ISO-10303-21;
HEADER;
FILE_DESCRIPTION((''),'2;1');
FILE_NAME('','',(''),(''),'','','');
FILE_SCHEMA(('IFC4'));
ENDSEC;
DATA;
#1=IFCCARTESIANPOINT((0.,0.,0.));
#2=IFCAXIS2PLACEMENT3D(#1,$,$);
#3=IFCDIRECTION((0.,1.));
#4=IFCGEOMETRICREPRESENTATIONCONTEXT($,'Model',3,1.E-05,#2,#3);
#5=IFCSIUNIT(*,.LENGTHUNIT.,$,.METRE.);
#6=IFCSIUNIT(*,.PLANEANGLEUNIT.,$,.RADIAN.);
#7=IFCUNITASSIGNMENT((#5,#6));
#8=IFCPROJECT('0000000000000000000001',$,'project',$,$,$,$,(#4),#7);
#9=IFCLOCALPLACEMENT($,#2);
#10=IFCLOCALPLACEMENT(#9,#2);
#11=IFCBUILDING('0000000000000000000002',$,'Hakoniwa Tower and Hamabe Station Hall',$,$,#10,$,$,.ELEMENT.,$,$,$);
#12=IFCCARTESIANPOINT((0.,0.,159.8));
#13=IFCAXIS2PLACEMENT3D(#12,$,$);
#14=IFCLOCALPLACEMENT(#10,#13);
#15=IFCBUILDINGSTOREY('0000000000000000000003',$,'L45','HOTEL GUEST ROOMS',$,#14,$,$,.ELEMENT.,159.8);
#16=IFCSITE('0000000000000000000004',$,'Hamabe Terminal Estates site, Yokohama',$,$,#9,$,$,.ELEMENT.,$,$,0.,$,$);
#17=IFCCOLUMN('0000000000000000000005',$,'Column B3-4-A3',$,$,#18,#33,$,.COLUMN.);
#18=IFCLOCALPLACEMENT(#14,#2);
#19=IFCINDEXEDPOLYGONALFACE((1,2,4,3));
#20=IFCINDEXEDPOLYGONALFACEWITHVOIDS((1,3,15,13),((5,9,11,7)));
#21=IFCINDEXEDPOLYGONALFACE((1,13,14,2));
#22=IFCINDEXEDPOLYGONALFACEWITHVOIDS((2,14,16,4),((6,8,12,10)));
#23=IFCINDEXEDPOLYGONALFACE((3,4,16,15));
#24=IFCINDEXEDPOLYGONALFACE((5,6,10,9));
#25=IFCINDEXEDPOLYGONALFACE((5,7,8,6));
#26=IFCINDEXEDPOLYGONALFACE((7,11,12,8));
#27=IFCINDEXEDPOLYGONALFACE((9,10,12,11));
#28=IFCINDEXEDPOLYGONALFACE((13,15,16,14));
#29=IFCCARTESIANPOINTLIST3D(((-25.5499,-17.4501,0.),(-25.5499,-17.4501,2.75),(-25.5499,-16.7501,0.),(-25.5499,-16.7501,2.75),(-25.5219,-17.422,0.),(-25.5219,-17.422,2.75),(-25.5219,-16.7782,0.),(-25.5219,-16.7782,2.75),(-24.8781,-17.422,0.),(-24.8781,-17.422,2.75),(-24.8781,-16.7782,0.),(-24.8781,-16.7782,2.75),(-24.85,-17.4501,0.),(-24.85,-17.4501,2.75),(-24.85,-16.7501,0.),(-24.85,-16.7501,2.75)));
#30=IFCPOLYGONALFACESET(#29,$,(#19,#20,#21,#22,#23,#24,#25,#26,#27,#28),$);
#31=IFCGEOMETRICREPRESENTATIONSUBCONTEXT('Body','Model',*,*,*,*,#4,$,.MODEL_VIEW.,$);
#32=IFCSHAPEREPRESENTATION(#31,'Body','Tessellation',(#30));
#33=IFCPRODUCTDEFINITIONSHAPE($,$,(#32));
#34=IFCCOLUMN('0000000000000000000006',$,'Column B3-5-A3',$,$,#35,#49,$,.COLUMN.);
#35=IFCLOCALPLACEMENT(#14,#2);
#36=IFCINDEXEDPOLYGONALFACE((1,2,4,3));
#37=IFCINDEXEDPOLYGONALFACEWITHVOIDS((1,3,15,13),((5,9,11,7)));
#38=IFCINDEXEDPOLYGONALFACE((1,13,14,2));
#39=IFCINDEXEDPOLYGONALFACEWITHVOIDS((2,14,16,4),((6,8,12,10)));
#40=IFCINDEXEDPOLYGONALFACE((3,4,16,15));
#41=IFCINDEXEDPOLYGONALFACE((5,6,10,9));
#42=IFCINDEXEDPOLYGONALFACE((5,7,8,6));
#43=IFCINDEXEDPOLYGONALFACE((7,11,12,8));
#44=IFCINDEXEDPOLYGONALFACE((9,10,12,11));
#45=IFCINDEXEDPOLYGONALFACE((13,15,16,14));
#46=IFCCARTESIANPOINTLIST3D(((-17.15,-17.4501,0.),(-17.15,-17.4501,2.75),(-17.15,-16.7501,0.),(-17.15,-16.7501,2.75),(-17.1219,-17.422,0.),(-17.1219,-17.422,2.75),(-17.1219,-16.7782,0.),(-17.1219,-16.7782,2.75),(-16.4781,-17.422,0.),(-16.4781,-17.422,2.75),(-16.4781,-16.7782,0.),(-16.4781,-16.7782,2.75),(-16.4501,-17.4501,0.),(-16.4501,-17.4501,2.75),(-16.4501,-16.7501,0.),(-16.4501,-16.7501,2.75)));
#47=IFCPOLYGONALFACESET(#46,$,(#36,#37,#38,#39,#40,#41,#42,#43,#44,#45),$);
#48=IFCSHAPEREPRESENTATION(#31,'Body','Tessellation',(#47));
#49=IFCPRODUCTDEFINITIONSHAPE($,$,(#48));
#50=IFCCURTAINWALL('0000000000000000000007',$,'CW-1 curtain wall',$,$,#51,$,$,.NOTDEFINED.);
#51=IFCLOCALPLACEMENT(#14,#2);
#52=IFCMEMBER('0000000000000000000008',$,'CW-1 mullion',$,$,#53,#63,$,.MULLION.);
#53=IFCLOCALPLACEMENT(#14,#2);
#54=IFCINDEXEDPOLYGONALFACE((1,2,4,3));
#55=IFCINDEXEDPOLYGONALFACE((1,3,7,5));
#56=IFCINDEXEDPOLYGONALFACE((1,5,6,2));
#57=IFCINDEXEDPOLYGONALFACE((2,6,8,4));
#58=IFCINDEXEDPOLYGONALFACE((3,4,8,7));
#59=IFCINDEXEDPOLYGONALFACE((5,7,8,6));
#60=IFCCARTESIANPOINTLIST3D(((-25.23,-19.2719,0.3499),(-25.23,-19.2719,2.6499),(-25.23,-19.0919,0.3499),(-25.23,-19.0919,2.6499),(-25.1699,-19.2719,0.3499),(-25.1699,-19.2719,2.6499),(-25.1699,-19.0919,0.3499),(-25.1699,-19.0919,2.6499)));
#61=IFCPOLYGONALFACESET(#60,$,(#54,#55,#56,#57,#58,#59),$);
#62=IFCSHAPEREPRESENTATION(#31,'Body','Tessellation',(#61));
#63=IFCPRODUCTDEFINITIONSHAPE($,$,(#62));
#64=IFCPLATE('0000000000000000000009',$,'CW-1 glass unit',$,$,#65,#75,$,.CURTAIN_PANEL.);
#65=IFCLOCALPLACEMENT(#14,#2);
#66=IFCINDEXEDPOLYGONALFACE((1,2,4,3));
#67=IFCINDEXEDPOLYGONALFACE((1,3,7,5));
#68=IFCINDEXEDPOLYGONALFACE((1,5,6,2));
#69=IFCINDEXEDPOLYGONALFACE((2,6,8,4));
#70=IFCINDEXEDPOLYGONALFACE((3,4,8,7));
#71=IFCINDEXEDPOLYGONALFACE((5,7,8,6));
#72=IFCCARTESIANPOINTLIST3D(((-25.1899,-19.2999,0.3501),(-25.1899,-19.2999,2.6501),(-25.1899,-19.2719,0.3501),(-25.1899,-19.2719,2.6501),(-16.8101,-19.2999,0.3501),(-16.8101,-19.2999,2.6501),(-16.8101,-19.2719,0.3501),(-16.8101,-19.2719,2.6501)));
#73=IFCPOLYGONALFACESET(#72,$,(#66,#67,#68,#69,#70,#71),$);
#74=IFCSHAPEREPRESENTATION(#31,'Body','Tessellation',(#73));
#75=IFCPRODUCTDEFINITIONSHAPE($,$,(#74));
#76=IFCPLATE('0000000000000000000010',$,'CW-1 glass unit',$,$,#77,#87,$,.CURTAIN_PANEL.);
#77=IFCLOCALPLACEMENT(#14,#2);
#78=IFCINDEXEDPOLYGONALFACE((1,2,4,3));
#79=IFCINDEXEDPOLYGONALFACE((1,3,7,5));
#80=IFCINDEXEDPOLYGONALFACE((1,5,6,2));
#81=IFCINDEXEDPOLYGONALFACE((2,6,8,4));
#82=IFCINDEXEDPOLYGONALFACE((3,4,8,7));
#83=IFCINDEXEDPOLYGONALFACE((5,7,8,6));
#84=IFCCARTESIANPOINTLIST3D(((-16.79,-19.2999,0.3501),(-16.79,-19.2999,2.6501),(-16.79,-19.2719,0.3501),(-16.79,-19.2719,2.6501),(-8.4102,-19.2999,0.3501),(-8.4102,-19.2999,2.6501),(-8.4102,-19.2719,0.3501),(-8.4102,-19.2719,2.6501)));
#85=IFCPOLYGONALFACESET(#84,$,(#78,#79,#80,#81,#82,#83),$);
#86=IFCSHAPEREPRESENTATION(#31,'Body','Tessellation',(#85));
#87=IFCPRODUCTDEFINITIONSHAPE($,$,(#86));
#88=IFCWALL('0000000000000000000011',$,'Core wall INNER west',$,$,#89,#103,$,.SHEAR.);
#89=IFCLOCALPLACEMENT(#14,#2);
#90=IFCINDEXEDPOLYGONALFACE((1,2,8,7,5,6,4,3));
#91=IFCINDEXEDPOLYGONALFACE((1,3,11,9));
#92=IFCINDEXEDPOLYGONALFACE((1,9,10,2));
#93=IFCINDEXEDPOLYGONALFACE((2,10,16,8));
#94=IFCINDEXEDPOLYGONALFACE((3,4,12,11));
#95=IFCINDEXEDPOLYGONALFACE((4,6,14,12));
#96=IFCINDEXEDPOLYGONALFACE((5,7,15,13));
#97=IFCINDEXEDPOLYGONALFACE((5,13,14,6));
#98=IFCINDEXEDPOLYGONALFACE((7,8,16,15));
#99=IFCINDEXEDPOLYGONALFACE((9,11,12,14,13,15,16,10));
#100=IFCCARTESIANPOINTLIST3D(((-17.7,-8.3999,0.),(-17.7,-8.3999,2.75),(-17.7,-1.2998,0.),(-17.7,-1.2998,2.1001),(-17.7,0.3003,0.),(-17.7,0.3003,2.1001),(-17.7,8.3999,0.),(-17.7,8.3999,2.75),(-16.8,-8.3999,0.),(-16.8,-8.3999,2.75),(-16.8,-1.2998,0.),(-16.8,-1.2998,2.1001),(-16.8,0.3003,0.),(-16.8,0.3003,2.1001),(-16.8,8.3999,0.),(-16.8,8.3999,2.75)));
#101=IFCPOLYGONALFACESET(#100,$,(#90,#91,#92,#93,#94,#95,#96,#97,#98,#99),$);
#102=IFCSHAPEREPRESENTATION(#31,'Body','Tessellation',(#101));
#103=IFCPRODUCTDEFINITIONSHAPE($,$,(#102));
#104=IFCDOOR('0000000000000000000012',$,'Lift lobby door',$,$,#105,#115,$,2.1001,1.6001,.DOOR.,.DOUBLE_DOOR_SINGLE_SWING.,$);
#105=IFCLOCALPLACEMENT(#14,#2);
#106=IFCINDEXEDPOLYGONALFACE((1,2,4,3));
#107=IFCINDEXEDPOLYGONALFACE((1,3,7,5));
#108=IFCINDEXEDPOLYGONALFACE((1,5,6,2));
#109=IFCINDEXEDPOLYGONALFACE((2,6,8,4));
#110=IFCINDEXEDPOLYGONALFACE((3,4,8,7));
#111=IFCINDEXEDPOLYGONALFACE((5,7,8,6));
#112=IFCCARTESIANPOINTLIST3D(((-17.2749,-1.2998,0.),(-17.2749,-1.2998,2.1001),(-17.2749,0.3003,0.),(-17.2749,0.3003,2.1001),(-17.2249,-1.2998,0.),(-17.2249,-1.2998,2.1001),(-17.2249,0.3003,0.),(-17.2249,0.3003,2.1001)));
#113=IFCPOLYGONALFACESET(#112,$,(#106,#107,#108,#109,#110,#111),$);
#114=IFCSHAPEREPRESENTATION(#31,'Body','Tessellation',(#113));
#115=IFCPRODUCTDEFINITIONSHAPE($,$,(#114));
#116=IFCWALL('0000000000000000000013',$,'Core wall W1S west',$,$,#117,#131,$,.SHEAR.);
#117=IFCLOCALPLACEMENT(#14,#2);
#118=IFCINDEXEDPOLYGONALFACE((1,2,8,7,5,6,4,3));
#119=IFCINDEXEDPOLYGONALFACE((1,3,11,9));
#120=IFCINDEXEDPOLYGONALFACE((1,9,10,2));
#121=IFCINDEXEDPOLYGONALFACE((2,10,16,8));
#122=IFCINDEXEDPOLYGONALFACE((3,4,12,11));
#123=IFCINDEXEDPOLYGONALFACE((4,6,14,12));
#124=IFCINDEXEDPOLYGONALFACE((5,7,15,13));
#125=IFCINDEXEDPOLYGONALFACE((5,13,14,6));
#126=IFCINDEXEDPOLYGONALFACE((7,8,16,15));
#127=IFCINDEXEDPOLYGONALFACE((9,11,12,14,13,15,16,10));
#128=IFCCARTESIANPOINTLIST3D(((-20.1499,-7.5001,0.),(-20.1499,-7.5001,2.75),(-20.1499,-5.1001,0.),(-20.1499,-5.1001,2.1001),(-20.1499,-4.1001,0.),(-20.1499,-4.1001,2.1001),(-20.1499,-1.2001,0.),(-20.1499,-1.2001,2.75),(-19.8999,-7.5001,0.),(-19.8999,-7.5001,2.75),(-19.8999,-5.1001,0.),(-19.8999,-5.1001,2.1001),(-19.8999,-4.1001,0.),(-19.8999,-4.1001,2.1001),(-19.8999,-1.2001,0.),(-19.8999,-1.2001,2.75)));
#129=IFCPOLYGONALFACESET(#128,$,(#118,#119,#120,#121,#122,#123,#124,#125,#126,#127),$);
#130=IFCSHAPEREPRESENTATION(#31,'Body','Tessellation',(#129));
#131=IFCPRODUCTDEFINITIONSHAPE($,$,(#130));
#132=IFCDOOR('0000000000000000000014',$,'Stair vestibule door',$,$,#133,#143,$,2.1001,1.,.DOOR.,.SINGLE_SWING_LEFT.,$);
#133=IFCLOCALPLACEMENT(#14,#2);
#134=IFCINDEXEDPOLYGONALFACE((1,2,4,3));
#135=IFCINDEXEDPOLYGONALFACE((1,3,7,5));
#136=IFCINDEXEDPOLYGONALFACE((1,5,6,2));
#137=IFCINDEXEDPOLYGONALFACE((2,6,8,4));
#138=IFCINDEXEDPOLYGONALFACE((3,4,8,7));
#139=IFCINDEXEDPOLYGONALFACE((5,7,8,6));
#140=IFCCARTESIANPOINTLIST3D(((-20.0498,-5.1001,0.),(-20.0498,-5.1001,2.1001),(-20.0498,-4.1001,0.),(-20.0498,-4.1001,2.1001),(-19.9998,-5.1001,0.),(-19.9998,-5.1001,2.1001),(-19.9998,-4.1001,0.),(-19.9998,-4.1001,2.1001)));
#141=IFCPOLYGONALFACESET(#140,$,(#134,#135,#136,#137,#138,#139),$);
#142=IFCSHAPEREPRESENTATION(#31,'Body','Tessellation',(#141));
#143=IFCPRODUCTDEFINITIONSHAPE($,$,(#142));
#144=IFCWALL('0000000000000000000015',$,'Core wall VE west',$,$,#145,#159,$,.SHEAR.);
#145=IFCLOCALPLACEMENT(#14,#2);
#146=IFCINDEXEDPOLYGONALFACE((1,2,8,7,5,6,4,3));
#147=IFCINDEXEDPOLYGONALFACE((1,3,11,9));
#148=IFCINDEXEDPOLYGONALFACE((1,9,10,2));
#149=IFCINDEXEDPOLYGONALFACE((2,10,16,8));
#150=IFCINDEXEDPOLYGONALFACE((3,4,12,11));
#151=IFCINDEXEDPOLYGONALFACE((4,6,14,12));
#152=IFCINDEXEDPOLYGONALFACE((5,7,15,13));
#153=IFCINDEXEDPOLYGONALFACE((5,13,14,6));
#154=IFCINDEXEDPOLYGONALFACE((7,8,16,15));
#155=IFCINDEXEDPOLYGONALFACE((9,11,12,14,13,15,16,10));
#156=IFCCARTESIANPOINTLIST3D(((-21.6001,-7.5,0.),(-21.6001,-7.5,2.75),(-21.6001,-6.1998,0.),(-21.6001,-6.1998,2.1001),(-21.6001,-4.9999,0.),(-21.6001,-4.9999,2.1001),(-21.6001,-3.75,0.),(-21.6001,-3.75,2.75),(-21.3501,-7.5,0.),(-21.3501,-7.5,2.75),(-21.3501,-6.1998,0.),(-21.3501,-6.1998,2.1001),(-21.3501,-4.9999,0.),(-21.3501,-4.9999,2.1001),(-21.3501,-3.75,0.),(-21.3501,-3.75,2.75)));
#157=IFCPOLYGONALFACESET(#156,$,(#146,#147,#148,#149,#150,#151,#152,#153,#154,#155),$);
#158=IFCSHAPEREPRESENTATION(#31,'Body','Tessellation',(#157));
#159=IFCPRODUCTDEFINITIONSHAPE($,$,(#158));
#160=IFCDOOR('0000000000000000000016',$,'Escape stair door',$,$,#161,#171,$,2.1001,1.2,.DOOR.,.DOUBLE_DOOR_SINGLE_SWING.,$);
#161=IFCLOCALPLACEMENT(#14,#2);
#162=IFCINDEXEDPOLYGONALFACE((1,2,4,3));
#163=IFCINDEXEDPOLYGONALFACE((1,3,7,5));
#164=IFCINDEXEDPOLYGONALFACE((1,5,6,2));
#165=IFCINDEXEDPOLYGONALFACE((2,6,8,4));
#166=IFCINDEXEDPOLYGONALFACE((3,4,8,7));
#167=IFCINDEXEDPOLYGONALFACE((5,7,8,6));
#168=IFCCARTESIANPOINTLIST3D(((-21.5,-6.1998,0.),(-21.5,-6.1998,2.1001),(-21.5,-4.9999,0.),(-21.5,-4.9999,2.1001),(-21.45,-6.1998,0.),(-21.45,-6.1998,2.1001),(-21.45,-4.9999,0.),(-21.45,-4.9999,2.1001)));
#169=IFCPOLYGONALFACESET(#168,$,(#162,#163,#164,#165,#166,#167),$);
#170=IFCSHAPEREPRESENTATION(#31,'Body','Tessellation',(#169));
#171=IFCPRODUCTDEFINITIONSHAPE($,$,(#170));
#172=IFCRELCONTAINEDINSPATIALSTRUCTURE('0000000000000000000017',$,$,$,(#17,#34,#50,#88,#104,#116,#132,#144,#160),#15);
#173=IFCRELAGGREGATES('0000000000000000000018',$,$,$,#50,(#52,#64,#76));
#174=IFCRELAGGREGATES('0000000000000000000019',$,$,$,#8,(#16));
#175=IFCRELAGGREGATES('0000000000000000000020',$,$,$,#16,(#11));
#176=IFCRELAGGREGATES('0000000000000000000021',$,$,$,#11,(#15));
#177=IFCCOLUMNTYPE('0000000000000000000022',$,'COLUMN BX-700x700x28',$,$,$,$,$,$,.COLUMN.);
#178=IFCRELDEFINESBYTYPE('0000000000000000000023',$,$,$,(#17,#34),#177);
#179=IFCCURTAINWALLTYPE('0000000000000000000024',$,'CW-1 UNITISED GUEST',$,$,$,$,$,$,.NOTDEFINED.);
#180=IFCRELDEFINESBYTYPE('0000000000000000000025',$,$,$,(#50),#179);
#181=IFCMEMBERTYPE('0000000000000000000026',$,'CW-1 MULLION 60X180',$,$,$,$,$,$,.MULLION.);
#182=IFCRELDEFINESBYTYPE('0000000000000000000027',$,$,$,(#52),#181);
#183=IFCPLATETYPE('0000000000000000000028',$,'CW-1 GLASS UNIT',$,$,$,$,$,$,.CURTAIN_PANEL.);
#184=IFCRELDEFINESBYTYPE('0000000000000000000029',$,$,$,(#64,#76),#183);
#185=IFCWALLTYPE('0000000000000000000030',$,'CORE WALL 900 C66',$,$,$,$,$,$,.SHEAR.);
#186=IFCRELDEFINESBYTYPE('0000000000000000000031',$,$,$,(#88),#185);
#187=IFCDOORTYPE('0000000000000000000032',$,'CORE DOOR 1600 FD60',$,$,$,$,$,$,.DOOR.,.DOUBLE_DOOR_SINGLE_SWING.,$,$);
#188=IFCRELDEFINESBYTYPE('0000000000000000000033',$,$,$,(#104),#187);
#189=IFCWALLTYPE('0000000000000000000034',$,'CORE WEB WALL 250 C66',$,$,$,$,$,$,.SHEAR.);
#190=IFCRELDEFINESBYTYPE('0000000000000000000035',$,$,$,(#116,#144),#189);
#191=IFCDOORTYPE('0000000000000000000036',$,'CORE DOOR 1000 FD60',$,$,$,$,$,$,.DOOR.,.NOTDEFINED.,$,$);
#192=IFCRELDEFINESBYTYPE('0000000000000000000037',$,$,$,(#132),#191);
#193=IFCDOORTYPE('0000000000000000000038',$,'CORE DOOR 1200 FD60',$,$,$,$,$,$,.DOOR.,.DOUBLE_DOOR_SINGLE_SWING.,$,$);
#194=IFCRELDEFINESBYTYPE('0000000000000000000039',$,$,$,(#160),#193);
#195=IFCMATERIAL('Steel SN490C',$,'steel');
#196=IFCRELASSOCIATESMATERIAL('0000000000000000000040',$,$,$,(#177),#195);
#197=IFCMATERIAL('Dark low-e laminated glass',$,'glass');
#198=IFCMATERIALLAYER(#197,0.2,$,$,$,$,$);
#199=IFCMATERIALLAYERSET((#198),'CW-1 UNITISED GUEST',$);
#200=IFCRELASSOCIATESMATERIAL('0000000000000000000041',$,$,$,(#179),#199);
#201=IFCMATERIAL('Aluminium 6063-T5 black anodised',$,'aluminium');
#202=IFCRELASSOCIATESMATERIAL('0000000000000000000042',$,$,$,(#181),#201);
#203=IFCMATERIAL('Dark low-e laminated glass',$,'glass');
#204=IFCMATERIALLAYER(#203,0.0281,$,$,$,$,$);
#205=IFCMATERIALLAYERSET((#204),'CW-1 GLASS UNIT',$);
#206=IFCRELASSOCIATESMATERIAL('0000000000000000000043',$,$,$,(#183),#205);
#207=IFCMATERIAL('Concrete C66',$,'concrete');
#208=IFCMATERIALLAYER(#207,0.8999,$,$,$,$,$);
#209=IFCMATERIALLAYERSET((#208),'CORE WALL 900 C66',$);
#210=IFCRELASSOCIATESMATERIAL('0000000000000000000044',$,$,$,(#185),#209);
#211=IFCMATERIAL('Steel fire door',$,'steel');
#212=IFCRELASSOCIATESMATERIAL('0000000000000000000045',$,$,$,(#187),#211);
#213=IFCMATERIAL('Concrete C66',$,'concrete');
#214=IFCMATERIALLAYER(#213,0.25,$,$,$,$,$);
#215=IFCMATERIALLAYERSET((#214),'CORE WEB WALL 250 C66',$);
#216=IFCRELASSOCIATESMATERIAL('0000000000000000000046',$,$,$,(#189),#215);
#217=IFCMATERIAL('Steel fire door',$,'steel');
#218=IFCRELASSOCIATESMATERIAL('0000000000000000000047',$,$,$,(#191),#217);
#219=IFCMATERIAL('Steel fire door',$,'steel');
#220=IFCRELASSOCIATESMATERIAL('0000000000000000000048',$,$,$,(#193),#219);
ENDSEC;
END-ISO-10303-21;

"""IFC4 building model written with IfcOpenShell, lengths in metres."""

from ifc_helpers import new_model, si_unit, direction, frame, frame_2d, origin, origin_2d, place, context, subcontext, project, spatial, rectangle, hollow_rectangle, extrude, material, layer, layer_set, material_profile, profile_set, type_object, element, fill, aggregate, save


model = new_model("IFC4")

# Units and contexts
model_context = context("Model", 3, precision=1e-05, world=origin(), true_north=direction((0.0, 1.0)))
body_context = subcontext(model_context, "Body", "Model", "MODEL_VIEW")
ifc_project = project(units=[si_unit("LENGTHUNIT", "METRE"), si_unit("PLANEANGLEUNIT", "RADIAN")], contexts=[model_context])

# Site, building, storey
site_placement = place(None, origin())
site = spatial("IfcSite", under=ifc_project, at=site_placement, Name="Hamabe Terminal Estates site, Yokohama", CompositionType="ELEMENT", RefElevation=0.0)
building_placement = place(site_placement, origin())
building = spatial("IfcBuilding", under=site, at=building_placement, Name="Hakoniwa Tower and Hamabe Station Hall", CompositionType="ELEMENT")
storey_placement = place(building_placement, frame((0.0, 0.0, 159.8)))
storey = spatial("IfcBuildingStorey", under=building, at=storey_placement, Name="L45", Description="HOTEL GUEST ROOMS", CompositionType="ELEMENT", Elevation=159.8)

# Columns
ifc_material_1 = material(Name="Steel SN490C", Category="steel")
ifc_material_profile_1 = material_profile(ifc_material_1, hollow_rectangle(XDim=0.7, YDim=0.7, WallThickness=0.0281, at=origin_2d()), Name="BX-700x700x28")
ifc_profile_set_1 = profile_set([ifc_material_profile_1], Name="Steel SN490C")
column_type = type_object("IfcColumnType", Name="COLUMN BX-700x700x28", PredefinedType="COLUMN", material=ifc_profile_set_1)
for number, where, z_axis, x_axis, name in (
    (1, (-25.2, -17.1001, 0.0), (0.0, 0.0, 1.0), (1.0, 0.0, 0.0), "Column B3-4-A3"),
    (2, (-16.8, -17.1001, 0.0), (0.0, 0.0, 1.0), (1.0, 0.0, 0.0), "Column B3-5-A3"),
):
    element("IfcColumn", number, at=place(storey_placement, frame(where, z_axis=z_axis, x_axis=x_axis)), inside=storey, type_object=column_type, Name=name, PredefinedType="COLUMN", context=body_context, shape_type="SweptSolid", body=[
        extrude(hollow_rectangle(XDim=0.7, YDim=0.7, WallThickness=0.0281, at=origin_2d()), origin(), (0.0, 0.0, 1.0), 2.75),
    ])

# Curtain wall, member, plates
ifc_material_2 = material(Name="Dark low-e laminated glass", Category="glass")
ifc_layer_1 = layer(ifc_material_2, 0.2)
ifc_layer_set_1 = layer_set([ifc_layer_1], Name="CW-1 UNITISED GUEST")
curtain_wall_type = type_object("IfcCurtainWallType", Name="CW-1 UNITISED GUEST", PredefinedType="NOTDEFINED", material=ifc_layer_set_1)
curtain_wall_placement = place(storey_placement, origin())
curtain_wall = element("IfcCurtainWall", 3, at=curtain_wall_placement, inside=storey, type_object=curtain_wall_type, Name="CW-1 curtain wall", PredefinedType="NOTDEFINED")
ifc_material_3 = material(Name="Aluminium 6063-T5 black anodised", Category="aluminium")
ifc_material_profile_2 = material_profile(ifc_material_3, rectangle(XDim=0.0601, YDim=0.1799, at=origin_2d()), Name="CW-1 MULLION 60X180")
ifc_profile_set_2 = profile_set([ifc_material_profile_2], Name="Aluminium 6063-T5 black anodised")
member_type = type_object("IfcMemberType", Name="CW-1 MULLION 60X180", PredefinedType="MULLION", material=ifc_profile_set_2)
member_placement = place(storey_placement, frame((-25.2, -19.1819, 0.3499), z_axis=(0.0, 0.0, 1.0), x_axis=(1.0, 0.0, 0.0)))
member = element("IfcMember", 4, at=member_placement, type_object=member_type, Name="CW-1 mullion", PredefinedType="MULLION", context=body_context, shape_type="SweptSolid", body=[
    extrude(rectangle(XDim=0.0601, YDim=0.1799, at=origin_2d()), origin(), (0.0, 0.0, 1.0), 2.3),
])
ifc_material_4 = material(Name="Dark low-e laminated glass", Category="glass")
ifc_layer_2 = layer(ifc_material_4, 0.0281)
ifc_layer_set_2 = layer_set([ifc_layer_2], Name="CW-1 GLASS UNIT")
plate_type = type_object("IfcPlateType", Name="CW-1 GLASS UNIT", PredefinedType="CURTAIN_PANEL", material=ifc_layer_set_2)
plate_1_placement = place(storey_placement, frame((-21.0, -19.2859, 0.3501), z_axis=(0.0, 0.0, 1.0), x_axis=(1.0, 0.0, 0.0)))
plate_1 = element("IfcPlate", 5, at=plate_1_placement, type_object=plate_type, Name="CW-1 glass unit", PredefinedType="CURTAIN_PANEL", context=body_context, shape_type="SweptSolid", body=[
    extrude(rectangle(XDim=8.3799, YDim=0.0281, at=origin_2d()), origin(), (0.0, 0.0, 1.0), 2.3),
])
plate_2_placement = place(storey_placement, frame((-12.6001, -19.2859, 0.3501), z_axis=(0.0, 0.0, 1.0), x_axis=(1.0, 0.0, 0.0)))
plate_2 = element("IfcPlate", 6, at=plate_2_placement, type_object=plate_type, Name="CW-1 glass unit", PredefinedType="CURTAIN_PANEL", context=body_context, shape_type="SweptSolid", body=[
    extrude(rectangle(XDim=8.3799, YDim=0.0281, at=origin_2d()), origin(), (0.0, 0.0, 1.0), 2.3),
])
aggregate(curtain_wall, [member, plate_1, plate_2])

# Walls, openings, doors
ifc_material_5 = material(Name="Concrete C66", Category="concrete")
ifc_layer_3 = layer(ifc_material_5, 0.8999)
ifc_layer_set_3 = layer_set([ifc_layer_3], Name="CORE WALL 900 C66")
wall_type_1 = type_object("IfcWallType", Name="CORE WALL 900 C66", PredefinedType="SHEAR", material=ifc_layer_set_3)
wall_1_placement = place(storey_placement, frame((-17.25, -8.3999, 0.0), z_axis=(0.0, 0.0, 1.0), x_axis=(0.0, 1.0, 0.0)))
wall_1 = element("IfcWall", 7, at=wall_1_placement, inside=storey, type_object=wall_type_1, Name="Core wall INNER west", PredefinedType="SHEAR", context=body_context, shape_type="SweptSolid", body=[
    extrude(rectangle(XDim=16.7998, YDim=0.8999, at=frame_2d((8.3999, 0.0))), origin(), (0.0, 0.0, 1.0), 2.75),
])
opening_1_placement = place(wall_1_placement, frame((7.1001, 0.0, 0.0)))
opening_1 = element("IfcOpeningElement", 8, at=opening_1_placement, cuts=wall_1, PredefinedType="OPENING", context=body_context, shape_type="SweptSolid", body=[
    extrude(rectangle(XDim=1.6001, YDim=2.1001, at=frame_2d((0.8, 1.05))), frame((0.0, 0.46, 0.0), z_axis=(0.0, -1.0, 0.0), x_axis=(1.0, 0.0, 0.0)), (0.0, 0.0, 1.0), 0.9199),
])
ifc_material_6 = material(Name="Steel fire door", Category="steel")
door_type_1 = type_object("IfcDoorType", Name="CORE DOOR 1600 FD60", OperationType="DOUBLE_DOOR_SINGLE_SWING", PredefinedType="DOOR", material=ifc_material_6)
door_1_placement = place(opening_1_placement, origin())
door_1 = element("IfcDoor", 9, at=door_1_placement, inside=storey, type_object=door_type_1, Name="Lift lobby door", OperationType="DOUBLE_DOOR_SINGLE_SWING", OverallHeight=2.1001, OverallWidth=1.6001, PredefinedType="DOOR", context=body_context, shape_type="SweptSolid", body=[
    extrude(rectangle(XDim=1.6001, YDim=2.1001, at=frame_2d((0.8, 1.05))), frame((0.0, 0.0249, 0.0), z_axis=(0.0, -1.0, 0.0), x_axis=(1.0, 0.0, 0.0)), (0.0, 0.0, 1.0), 0.05),
])
fill(opening_1, door_1)
ifc_material_7 = material(Name="Concrete C66", Category="concrete")
ifc_layer_4 = layer(ifc_material_7, 0.25)
ifc_layer_set_4 = layer_set([ifc_layer_4], Name="CORE WEB WALL 250 C66")
wall_type_2 = type_object("IfcWallType", Name="CORE WEB WALL 250 C66", PredefinedType="SHEAR", material=ifc_layer_set_4)
wall_2_placement = place(storey_placement, frame((-20.0249, -7.5, 0.0), z_axis=(0.0, 0.0, 1.0), x_axis=(0.0, 1.0, 0.0)))
wall_2 = element("IfcWall", 10, at=wall_2_placement, inside=storey, type_object=wall_type_2, Name="Core wall W1S west", PredefinedType="SHEAR", context=body_context, shape_type="SweptSolid", body=[
    extrude(rectangle(XDim=6.3, YDim=0.25, at=frame_2d((3.1499, 0.0))), origin(), (0.0, 0.0, 1.0), 2.75),
])
opening_2_placement = place(wall_2_placement, frame((2.3999, 0.0, 0.0)))
opening_2 = element("IfcOpeningElement", 11, at=opening_2_placement, cuts=wall_2, PredefinedType="OPENING", context=body_context, shape_type="SweptSolid", body=[
    extrude(rectangle(XDim=1.0, YDim=2.1001, at=frame_2d((0.5, 1.05))), frame((0.0, 0.135, 0.0), z_axis=(0.0, -1.0, 0.0), x_axis=(1.0, 0.0, 0.0)), (0.0, 0.0, 1.0), 0.27),
])
ifc_material_8 = material(Name="Steel fire door", Category="steel")
door_type_2 = type_object("IfcDoorType", Name="CORE DOOR 1000 FD60", OperationType="NOTDEFINED", PredefinedType="DOOR", material=ifc_material_8)
door_2_placement = place(opening_2_placement, origin())
door_2 = element("IfcDoor", 12, at=door_2_placement, inside=storey, type_object=door_type_2, Name="Stair vestibule door", OperationType="SINGLE_SWING_LEFT", OverallHeight=2.1001, OverallWidth=1.0, PredefinedType="DOOR", context=body_context, shape_type="SweptSolid", body=[
    extrude(rectangle(XDim=1.0, YDim=2.1001, at=frame_2d((0.5, 1.05))), frame((0.0, 0.0249, 0.0), z_axis=(0.0, -1.0, 0.0), x_axis=(1.0, 0.0, 0.0)), (0.0, 0.0, 1.0), 0.05),
])
fill(opening_2, door_2)
wall_3_placement = place(storey_placement, frame((-21.4751, -7.5, 0.0), z_axis=(0.0, 0.0, 1.0), x_axis=(0.0, 1.0, 0.0)))
wall_3 = element("IfcWall", 13, at=wall_3_placement, inside=storey, type_object=wall_type_2, Name="Core wall VE west", PredefinedType="SHEAR", context=body_context, shape_type="SweptSolid", body=[
    extrude(rectangle(XDim=3.75, YDim=0.25, at=frame_2d((1.875, 0.0))), origin(), (0.0, 0.0, 1.0), 2.75),
])
opening_3_placement = place(wall_3_placement, frame((1.3, 0.0, 0.0)))
opening_3 = element("IfcOpeningElement", 14, at=opening_3_placement, cuts=wall_3, PredefinedType="OPENING", context=body_context, shape_type="SweptSolid", body=[
    extrude(rectangle(XDim=1.2, YDim=2.1001, at=frame_2d((0.6001, 1.05))), frame((0.0, 0.135, 0.0), z_axis=(0.0, -1.0, 0.0), x_axis=(1.0, 0.0, 0.0)), (0.0, 0.0, 1.0), 0.27),
])
ifc_material_9 = material(Name="Steel fire door", Category="steel")
door_type_3 = type_object("IfcDoorType", Name="CORE DOOR 1200 FD60", OperationType="DOUBLE_DOOR_SINGLE_SWING", PredefinedType="DOOR", material=ifc_material_9)
door_3_placement = place(opening_3_placement, origin())
door_3 = element("IfcDoor", 15, at=door_3_placement, inside=storey, type_object=door_type_3, Name="Escape stair door", OperationType="DOUBLE_DOOR_SINGLE_SWING", OverallHeight=2.1001, OverallWidth=1.2, PredefinedType="DOOR", context=body_context, shape_type="SweptSolid", body=[
    extrude(rectangle(XDim=1.2, YDim=2.1001, at=frame_2d((0.6001, 1.05))), frame((0.0, 0.0249, 0.0), z_axis=(0.0, -1.0, 0.0), x_axis=(1.0, 0.0, 0.0)), (0.0, 0.0, 1.0), 0.05),
])
fill(opening_3, door_3)

save(model, "model.ifc")
